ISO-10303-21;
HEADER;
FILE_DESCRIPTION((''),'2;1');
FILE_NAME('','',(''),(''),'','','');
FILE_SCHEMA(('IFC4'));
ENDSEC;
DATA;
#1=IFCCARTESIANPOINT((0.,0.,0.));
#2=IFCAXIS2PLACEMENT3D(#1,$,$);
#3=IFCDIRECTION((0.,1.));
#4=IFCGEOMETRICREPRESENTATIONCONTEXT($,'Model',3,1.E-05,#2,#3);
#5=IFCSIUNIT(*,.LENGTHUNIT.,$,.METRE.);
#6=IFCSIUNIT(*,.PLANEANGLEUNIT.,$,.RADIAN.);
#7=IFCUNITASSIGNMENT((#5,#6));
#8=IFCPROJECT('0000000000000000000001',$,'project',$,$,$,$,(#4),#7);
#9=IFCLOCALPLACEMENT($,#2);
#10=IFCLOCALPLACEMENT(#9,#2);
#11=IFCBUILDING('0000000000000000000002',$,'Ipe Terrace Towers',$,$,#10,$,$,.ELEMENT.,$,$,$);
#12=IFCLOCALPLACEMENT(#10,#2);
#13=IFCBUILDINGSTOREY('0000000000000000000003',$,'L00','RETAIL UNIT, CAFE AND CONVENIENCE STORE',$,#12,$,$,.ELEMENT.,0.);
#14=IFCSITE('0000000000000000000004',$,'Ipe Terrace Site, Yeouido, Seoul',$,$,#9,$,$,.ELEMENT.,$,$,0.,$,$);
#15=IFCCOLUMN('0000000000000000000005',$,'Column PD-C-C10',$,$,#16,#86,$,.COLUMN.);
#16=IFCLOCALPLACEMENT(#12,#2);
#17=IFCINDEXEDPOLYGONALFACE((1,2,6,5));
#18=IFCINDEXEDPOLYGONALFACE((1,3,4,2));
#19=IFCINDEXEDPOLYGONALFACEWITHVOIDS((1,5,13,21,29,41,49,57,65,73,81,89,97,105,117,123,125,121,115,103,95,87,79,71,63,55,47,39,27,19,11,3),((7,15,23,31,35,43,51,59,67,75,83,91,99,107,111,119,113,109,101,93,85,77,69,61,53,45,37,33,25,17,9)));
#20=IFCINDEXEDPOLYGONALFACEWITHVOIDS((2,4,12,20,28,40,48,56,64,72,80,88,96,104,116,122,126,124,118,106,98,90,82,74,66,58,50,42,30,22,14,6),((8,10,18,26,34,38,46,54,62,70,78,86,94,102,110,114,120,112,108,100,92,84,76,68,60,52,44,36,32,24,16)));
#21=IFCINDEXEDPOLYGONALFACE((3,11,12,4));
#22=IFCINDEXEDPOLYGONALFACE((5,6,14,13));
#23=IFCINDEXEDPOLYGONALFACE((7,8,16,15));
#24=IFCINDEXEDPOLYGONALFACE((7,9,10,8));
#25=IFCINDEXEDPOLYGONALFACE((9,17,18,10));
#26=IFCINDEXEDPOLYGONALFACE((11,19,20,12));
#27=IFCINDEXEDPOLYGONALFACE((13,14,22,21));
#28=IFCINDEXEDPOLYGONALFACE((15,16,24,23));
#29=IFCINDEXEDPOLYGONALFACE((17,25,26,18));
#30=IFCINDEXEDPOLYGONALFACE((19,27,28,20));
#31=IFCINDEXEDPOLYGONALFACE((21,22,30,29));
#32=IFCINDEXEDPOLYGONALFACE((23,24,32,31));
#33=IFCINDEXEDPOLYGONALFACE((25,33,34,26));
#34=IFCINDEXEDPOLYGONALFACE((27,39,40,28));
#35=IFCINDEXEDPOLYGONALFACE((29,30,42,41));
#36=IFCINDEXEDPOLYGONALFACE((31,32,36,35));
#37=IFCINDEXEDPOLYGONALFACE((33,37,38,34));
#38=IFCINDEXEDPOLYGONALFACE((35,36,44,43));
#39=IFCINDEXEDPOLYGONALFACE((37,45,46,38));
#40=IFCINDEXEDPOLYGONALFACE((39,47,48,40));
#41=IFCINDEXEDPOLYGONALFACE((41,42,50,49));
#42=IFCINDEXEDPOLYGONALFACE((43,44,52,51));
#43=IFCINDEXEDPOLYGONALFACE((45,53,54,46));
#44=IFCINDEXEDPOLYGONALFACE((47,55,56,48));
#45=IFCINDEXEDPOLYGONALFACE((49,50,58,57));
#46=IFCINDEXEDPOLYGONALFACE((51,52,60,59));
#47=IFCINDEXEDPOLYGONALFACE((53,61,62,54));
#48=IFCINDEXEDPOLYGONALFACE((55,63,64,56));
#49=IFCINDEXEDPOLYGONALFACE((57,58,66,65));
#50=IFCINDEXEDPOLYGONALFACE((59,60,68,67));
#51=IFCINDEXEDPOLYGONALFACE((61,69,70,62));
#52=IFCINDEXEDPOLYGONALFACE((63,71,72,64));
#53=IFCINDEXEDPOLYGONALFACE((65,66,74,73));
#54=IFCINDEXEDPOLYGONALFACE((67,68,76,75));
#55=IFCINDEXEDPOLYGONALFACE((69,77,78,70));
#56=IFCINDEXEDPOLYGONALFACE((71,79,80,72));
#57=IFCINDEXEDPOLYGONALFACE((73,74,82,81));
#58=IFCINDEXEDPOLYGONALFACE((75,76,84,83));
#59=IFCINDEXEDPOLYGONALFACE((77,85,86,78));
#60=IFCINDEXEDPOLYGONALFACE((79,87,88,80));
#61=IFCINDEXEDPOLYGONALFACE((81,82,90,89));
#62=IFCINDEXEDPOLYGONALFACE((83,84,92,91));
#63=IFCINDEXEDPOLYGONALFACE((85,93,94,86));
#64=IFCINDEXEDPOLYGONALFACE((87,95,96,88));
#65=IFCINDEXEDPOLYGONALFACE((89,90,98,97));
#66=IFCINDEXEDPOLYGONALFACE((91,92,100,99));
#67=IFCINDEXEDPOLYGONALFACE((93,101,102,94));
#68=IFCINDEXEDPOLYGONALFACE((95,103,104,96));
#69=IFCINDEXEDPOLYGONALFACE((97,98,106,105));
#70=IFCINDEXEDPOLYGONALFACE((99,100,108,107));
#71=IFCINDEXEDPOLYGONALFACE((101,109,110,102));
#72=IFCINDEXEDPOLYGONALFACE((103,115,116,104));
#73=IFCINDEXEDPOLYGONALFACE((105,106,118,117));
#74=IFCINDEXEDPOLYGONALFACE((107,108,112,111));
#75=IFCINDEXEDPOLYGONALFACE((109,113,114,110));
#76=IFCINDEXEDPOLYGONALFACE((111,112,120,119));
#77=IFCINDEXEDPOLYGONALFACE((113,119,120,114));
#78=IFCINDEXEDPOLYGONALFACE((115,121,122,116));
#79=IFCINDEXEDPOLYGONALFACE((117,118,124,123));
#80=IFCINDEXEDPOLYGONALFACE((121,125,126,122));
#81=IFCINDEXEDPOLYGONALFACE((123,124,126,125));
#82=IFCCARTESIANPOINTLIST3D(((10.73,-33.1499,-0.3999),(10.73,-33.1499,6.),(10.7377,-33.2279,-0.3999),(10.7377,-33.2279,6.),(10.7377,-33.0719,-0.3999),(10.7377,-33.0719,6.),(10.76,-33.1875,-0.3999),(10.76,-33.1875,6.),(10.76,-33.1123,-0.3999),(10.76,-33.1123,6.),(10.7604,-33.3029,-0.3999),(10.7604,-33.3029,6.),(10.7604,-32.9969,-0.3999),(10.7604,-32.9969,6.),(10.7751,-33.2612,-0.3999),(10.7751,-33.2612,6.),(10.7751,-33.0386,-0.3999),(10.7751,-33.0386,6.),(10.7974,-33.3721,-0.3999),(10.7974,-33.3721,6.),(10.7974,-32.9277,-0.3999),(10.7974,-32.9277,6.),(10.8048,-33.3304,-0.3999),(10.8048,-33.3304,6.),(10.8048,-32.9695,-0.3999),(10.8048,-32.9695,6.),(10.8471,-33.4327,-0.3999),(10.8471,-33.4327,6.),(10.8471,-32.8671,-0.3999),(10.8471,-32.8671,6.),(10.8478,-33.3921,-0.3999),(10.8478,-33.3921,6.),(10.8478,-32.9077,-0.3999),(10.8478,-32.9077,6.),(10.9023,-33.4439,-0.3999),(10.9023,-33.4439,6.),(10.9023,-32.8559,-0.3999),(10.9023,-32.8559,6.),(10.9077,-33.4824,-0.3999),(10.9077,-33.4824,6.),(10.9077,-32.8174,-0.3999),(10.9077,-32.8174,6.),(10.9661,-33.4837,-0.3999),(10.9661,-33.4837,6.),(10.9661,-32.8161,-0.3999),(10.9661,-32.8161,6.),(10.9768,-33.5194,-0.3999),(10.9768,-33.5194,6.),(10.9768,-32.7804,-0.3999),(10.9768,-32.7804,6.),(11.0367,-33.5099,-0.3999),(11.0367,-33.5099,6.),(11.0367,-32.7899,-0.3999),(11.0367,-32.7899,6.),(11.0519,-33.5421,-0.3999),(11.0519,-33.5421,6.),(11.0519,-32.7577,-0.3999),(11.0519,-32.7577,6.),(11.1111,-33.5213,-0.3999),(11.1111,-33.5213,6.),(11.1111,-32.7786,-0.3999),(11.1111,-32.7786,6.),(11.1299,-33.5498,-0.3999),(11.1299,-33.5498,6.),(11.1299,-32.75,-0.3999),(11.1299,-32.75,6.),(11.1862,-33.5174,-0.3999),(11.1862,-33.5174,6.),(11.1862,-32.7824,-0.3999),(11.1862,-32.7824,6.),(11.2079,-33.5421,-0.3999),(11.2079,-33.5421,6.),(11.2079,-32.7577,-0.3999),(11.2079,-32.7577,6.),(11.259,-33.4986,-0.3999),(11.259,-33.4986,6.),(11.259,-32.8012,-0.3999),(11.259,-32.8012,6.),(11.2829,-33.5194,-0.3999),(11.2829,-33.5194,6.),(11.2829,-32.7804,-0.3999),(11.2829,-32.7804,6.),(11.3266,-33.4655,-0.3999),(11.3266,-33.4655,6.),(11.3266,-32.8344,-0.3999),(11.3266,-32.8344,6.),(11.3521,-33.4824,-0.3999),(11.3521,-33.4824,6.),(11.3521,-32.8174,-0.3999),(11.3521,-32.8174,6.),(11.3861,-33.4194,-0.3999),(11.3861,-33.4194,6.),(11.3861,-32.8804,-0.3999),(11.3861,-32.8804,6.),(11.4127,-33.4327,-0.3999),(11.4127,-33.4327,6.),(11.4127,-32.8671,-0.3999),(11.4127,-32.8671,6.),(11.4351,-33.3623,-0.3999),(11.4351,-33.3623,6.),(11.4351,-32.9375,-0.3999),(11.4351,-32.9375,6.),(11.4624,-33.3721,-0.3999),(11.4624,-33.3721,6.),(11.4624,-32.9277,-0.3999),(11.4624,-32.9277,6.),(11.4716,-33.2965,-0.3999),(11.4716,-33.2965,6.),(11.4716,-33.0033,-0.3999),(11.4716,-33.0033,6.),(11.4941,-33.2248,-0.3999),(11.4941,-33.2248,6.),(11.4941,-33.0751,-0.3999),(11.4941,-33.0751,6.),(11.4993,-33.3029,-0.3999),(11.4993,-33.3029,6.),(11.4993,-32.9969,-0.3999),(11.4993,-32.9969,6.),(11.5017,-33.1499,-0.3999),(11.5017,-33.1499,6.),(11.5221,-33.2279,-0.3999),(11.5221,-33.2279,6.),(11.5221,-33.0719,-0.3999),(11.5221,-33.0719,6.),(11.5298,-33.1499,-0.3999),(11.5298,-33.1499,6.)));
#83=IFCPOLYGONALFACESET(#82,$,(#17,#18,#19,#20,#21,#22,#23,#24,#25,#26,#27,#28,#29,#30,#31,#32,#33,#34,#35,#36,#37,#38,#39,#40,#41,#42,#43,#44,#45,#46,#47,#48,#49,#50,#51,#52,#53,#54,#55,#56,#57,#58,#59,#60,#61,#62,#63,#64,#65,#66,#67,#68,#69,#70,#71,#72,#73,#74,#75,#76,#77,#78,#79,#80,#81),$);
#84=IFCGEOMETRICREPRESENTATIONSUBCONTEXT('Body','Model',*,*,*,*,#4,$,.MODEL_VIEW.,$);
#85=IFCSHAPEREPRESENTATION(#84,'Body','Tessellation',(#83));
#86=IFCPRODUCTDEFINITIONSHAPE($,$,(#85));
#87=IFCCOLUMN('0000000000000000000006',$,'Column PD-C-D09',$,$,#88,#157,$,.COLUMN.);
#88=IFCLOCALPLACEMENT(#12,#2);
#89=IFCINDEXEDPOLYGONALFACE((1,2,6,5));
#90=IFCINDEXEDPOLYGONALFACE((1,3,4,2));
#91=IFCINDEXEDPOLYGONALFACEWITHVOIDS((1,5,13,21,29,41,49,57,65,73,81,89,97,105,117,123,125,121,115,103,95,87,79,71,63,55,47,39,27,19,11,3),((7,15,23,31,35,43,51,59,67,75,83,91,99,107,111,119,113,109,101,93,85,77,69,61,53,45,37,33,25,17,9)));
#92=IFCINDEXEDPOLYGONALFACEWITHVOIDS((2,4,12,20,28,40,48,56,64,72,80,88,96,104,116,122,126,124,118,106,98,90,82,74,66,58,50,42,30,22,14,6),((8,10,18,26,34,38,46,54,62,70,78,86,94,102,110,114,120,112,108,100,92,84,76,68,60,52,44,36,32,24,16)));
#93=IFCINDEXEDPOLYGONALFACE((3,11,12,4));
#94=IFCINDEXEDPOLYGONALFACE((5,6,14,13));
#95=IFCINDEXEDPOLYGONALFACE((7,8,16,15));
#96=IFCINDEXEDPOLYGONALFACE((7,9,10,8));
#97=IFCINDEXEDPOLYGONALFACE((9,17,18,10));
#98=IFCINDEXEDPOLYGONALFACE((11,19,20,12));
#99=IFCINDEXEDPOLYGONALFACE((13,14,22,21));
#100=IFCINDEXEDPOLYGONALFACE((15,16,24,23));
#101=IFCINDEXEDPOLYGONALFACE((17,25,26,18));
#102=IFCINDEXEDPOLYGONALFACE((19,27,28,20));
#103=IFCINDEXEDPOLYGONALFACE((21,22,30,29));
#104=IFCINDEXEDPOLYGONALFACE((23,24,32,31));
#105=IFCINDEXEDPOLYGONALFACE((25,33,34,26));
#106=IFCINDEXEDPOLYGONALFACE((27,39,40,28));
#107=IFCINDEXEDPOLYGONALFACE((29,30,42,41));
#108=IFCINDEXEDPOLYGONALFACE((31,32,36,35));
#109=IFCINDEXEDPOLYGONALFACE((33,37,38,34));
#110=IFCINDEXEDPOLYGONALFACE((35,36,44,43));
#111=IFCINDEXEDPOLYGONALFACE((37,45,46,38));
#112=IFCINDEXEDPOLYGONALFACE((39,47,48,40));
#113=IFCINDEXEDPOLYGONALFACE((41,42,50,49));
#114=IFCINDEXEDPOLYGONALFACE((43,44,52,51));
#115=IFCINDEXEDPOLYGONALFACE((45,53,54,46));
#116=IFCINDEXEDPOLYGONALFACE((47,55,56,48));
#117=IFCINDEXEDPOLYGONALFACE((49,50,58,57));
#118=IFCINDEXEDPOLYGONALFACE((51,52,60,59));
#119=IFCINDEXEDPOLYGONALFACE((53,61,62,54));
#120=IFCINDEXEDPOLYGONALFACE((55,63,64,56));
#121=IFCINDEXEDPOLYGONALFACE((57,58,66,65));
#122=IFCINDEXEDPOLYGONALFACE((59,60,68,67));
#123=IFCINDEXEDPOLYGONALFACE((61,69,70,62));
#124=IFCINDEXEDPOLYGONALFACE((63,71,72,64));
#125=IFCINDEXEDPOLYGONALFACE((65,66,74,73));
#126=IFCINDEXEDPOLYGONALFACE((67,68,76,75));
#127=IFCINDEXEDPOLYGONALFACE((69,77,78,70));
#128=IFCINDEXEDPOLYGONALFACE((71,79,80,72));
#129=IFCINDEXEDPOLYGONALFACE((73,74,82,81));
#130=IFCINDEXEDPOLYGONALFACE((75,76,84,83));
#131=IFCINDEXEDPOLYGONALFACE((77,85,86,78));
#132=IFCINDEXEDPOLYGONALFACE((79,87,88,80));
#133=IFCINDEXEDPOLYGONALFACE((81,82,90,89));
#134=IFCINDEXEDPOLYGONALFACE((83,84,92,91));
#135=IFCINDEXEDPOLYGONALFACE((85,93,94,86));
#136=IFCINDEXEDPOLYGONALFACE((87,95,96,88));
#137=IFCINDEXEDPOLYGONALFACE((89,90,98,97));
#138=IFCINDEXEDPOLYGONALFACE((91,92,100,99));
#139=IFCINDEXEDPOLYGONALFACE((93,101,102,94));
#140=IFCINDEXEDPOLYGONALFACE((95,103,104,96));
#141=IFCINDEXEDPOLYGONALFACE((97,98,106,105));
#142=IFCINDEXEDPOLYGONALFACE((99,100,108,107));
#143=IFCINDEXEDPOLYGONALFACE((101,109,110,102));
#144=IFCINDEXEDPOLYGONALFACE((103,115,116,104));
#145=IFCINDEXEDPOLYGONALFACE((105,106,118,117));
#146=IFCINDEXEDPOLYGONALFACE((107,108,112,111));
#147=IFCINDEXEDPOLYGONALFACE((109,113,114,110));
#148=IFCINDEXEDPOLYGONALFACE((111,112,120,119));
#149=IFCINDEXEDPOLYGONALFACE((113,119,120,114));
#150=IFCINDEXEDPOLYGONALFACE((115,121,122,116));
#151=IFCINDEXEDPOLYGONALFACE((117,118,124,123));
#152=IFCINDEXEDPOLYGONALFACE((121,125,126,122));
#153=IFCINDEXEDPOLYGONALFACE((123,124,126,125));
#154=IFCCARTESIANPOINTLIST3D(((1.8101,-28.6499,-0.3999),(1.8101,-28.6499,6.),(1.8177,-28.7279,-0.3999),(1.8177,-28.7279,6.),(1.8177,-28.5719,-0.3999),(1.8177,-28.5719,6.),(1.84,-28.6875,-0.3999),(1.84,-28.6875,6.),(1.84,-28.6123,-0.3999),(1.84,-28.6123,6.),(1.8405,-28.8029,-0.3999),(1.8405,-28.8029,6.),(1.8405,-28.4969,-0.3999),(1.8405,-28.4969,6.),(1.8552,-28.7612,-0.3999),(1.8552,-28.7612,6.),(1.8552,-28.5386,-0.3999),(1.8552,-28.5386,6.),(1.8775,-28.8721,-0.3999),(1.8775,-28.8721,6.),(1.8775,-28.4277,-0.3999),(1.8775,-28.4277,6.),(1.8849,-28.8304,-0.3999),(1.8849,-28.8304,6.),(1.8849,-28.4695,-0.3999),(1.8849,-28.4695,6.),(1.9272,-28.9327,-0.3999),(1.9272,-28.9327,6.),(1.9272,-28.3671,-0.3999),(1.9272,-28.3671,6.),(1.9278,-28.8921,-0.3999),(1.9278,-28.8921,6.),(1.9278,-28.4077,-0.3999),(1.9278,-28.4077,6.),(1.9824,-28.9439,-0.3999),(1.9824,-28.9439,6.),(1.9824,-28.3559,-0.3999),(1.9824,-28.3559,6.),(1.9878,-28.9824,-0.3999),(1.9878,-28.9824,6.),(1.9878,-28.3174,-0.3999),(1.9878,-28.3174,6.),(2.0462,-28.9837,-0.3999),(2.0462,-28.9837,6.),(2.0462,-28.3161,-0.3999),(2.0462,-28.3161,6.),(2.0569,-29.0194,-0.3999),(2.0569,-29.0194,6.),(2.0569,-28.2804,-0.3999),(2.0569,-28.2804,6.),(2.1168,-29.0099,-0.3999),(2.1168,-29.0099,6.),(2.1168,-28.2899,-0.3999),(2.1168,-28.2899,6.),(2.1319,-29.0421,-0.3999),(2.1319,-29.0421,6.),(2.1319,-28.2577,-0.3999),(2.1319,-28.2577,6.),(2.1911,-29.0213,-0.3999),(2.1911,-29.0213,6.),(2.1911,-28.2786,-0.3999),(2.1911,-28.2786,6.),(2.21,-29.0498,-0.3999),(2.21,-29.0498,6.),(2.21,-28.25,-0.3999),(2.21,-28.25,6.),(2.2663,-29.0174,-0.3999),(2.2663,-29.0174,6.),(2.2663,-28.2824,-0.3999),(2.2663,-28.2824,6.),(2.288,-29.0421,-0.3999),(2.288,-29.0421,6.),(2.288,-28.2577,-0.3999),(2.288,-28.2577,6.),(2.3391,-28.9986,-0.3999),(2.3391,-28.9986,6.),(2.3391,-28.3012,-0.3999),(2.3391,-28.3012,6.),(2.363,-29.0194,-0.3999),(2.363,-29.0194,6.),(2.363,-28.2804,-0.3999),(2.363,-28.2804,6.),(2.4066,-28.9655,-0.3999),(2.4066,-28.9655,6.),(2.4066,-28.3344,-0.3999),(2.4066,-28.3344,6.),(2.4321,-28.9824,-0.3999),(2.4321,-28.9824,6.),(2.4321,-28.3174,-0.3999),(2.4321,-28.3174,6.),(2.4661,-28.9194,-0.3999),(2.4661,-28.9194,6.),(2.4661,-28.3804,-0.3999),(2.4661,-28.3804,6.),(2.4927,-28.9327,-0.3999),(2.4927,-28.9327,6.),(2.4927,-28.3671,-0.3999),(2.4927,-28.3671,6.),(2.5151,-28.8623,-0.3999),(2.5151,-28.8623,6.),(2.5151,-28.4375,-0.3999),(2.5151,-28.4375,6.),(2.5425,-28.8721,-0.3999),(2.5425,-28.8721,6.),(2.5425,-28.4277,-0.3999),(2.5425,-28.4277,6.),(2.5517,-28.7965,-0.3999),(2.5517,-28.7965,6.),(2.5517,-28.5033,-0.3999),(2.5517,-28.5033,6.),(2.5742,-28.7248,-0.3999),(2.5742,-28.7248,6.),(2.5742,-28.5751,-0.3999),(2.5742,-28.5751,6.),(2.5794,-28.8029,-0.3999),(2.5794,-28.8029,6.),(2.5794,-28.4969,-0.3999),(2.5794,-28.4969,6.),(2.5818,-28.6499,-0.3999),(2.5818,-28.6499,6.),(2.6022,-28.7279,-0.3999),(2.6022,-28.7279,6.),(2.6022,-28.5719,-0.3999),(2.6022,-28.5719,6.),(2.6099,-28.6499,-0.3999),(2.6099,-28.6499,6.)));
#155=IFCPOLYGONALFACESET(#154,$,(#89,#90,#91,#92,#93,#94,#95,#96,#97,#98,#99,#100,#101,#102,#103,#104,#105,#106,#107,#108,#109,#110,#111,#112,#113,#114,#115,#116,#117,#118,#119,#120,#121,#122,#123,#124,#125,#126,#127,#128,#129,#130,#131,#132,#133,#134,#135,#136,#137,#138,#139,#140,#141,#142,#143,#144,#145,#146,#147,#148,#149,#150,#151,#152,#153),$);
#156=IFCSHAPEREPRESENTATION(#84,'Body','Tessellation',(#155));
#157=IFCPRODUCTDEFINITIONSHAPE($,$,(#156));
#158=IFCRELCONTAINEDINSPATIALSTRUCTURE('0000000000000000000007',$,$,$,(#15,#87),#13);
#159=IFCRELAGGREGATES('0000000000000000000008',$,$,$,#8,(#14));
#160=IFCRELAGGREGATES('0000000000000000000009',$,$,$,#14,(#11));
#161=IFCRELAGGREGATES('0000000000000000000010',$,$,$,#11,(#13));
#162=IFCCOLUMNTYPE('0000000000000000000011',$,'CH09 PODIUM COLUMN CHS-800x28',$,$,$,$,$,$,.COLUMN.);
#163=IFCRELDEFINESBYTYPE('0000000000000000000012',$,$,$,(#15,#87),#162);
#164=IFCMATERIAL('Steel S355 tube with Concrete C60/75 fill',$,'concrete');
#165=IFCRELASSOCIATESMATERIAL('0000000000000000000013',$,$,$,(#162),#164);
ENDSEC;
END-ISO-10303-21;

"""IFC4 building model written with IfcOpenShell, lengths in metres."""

from ifc_helpers import new_model, si_unit, direction, frame, origin, origin_2d, place, context, subcontext, project, spatial, hollow_circle, extrude, material, material_profile, profile_set, type_object, element, save


model = new_model("IFC4")

# Units and contexts
model_context = context("Model", 3, precision=1e-05, world=origin(), true_north=direction((0.0, 1.0)))
body_context = subcontext(model_context, "Body", "Model", "MODEL_VIEW")
ifc_project = project(units=[si_unit("LENGTHUNIT", "METRE"), si_unit("PLANEANGLEUNIT", "RADIAN")], contexts=[model_context])

# Site, building, storey
site_placement = place(None, origin())
site = spatial("IfcSite", under=ifc_project, at=site_placement, Name="Ipe Terrace Site, Yeouido, Seoul", CompositionType="ELEMENT", RefElevation=0.0)
building_placement = place(site_placement, origin())
building = spatial("IfcBuilding", under=site, at=building_placement, Name="Ipe Terrace Towers", CompositionType="ELEMENT")
storey_placement = place(building_placement, origin())
storey = spatial("IfcBuildingStorey", under=building, at=storey_placement, Name="L00", Description="RETAIL UNIT, CAFE AND CONVENIENCE STORE", CompositionType="ELEMENT", Elevation=0.0)

# Columns
ifc_material_1 = material(Name="Steel S355 tube with Concrete C60/75 fill", Category="concrete")
ifc_material_profile_1 = material_profile(ifc_material_1, hollow_circle(Radius=0.3999, WallThickness=0.0281, at=origin_2d()), Name="CHS-800x28")
ifc_profile_set_1 = profile_set([ifc_material_profile_1], Name="Steel S355 tube with Concrete C60/75 fill")
column_type_1 = type_object("IfcColumnType", Name="CH09 PODIUM COLUMN CHS-800x28", PredefinedType="COLUMN", material=ifc_profile_set_1)
for number, where, z_axis, x_axis, name in (
    (1, (11.1299, -33.1499, -0.3999), (0.0, 0.0, 1.0), (1.0, 0.0, 0.0), "Column PD-C-C10"),
    (2, (2.21, -28.6499, -0.3999), (0.0, 0.0, 1.0), (1.0, 0.0, 0.0), "Column PD-C-D09"),
):
    element("IfcColumn", number, at=place(storey_placement, frame(where, z_axis=z_axis, x_axis=x_axis)), inside=storey, type_object=column_type_1, Name=name, PredefinedType="COLUMN", context=body_context, shape_type="SweptSolid", body=[
        extrude(hollow_circle(Radius=0.3999, WallThickness=0.0281, at=origin_2d()), origin(), (0.0, 0.0, 1.0), 6.3999),
    ])

save(model, "model.ifc")
